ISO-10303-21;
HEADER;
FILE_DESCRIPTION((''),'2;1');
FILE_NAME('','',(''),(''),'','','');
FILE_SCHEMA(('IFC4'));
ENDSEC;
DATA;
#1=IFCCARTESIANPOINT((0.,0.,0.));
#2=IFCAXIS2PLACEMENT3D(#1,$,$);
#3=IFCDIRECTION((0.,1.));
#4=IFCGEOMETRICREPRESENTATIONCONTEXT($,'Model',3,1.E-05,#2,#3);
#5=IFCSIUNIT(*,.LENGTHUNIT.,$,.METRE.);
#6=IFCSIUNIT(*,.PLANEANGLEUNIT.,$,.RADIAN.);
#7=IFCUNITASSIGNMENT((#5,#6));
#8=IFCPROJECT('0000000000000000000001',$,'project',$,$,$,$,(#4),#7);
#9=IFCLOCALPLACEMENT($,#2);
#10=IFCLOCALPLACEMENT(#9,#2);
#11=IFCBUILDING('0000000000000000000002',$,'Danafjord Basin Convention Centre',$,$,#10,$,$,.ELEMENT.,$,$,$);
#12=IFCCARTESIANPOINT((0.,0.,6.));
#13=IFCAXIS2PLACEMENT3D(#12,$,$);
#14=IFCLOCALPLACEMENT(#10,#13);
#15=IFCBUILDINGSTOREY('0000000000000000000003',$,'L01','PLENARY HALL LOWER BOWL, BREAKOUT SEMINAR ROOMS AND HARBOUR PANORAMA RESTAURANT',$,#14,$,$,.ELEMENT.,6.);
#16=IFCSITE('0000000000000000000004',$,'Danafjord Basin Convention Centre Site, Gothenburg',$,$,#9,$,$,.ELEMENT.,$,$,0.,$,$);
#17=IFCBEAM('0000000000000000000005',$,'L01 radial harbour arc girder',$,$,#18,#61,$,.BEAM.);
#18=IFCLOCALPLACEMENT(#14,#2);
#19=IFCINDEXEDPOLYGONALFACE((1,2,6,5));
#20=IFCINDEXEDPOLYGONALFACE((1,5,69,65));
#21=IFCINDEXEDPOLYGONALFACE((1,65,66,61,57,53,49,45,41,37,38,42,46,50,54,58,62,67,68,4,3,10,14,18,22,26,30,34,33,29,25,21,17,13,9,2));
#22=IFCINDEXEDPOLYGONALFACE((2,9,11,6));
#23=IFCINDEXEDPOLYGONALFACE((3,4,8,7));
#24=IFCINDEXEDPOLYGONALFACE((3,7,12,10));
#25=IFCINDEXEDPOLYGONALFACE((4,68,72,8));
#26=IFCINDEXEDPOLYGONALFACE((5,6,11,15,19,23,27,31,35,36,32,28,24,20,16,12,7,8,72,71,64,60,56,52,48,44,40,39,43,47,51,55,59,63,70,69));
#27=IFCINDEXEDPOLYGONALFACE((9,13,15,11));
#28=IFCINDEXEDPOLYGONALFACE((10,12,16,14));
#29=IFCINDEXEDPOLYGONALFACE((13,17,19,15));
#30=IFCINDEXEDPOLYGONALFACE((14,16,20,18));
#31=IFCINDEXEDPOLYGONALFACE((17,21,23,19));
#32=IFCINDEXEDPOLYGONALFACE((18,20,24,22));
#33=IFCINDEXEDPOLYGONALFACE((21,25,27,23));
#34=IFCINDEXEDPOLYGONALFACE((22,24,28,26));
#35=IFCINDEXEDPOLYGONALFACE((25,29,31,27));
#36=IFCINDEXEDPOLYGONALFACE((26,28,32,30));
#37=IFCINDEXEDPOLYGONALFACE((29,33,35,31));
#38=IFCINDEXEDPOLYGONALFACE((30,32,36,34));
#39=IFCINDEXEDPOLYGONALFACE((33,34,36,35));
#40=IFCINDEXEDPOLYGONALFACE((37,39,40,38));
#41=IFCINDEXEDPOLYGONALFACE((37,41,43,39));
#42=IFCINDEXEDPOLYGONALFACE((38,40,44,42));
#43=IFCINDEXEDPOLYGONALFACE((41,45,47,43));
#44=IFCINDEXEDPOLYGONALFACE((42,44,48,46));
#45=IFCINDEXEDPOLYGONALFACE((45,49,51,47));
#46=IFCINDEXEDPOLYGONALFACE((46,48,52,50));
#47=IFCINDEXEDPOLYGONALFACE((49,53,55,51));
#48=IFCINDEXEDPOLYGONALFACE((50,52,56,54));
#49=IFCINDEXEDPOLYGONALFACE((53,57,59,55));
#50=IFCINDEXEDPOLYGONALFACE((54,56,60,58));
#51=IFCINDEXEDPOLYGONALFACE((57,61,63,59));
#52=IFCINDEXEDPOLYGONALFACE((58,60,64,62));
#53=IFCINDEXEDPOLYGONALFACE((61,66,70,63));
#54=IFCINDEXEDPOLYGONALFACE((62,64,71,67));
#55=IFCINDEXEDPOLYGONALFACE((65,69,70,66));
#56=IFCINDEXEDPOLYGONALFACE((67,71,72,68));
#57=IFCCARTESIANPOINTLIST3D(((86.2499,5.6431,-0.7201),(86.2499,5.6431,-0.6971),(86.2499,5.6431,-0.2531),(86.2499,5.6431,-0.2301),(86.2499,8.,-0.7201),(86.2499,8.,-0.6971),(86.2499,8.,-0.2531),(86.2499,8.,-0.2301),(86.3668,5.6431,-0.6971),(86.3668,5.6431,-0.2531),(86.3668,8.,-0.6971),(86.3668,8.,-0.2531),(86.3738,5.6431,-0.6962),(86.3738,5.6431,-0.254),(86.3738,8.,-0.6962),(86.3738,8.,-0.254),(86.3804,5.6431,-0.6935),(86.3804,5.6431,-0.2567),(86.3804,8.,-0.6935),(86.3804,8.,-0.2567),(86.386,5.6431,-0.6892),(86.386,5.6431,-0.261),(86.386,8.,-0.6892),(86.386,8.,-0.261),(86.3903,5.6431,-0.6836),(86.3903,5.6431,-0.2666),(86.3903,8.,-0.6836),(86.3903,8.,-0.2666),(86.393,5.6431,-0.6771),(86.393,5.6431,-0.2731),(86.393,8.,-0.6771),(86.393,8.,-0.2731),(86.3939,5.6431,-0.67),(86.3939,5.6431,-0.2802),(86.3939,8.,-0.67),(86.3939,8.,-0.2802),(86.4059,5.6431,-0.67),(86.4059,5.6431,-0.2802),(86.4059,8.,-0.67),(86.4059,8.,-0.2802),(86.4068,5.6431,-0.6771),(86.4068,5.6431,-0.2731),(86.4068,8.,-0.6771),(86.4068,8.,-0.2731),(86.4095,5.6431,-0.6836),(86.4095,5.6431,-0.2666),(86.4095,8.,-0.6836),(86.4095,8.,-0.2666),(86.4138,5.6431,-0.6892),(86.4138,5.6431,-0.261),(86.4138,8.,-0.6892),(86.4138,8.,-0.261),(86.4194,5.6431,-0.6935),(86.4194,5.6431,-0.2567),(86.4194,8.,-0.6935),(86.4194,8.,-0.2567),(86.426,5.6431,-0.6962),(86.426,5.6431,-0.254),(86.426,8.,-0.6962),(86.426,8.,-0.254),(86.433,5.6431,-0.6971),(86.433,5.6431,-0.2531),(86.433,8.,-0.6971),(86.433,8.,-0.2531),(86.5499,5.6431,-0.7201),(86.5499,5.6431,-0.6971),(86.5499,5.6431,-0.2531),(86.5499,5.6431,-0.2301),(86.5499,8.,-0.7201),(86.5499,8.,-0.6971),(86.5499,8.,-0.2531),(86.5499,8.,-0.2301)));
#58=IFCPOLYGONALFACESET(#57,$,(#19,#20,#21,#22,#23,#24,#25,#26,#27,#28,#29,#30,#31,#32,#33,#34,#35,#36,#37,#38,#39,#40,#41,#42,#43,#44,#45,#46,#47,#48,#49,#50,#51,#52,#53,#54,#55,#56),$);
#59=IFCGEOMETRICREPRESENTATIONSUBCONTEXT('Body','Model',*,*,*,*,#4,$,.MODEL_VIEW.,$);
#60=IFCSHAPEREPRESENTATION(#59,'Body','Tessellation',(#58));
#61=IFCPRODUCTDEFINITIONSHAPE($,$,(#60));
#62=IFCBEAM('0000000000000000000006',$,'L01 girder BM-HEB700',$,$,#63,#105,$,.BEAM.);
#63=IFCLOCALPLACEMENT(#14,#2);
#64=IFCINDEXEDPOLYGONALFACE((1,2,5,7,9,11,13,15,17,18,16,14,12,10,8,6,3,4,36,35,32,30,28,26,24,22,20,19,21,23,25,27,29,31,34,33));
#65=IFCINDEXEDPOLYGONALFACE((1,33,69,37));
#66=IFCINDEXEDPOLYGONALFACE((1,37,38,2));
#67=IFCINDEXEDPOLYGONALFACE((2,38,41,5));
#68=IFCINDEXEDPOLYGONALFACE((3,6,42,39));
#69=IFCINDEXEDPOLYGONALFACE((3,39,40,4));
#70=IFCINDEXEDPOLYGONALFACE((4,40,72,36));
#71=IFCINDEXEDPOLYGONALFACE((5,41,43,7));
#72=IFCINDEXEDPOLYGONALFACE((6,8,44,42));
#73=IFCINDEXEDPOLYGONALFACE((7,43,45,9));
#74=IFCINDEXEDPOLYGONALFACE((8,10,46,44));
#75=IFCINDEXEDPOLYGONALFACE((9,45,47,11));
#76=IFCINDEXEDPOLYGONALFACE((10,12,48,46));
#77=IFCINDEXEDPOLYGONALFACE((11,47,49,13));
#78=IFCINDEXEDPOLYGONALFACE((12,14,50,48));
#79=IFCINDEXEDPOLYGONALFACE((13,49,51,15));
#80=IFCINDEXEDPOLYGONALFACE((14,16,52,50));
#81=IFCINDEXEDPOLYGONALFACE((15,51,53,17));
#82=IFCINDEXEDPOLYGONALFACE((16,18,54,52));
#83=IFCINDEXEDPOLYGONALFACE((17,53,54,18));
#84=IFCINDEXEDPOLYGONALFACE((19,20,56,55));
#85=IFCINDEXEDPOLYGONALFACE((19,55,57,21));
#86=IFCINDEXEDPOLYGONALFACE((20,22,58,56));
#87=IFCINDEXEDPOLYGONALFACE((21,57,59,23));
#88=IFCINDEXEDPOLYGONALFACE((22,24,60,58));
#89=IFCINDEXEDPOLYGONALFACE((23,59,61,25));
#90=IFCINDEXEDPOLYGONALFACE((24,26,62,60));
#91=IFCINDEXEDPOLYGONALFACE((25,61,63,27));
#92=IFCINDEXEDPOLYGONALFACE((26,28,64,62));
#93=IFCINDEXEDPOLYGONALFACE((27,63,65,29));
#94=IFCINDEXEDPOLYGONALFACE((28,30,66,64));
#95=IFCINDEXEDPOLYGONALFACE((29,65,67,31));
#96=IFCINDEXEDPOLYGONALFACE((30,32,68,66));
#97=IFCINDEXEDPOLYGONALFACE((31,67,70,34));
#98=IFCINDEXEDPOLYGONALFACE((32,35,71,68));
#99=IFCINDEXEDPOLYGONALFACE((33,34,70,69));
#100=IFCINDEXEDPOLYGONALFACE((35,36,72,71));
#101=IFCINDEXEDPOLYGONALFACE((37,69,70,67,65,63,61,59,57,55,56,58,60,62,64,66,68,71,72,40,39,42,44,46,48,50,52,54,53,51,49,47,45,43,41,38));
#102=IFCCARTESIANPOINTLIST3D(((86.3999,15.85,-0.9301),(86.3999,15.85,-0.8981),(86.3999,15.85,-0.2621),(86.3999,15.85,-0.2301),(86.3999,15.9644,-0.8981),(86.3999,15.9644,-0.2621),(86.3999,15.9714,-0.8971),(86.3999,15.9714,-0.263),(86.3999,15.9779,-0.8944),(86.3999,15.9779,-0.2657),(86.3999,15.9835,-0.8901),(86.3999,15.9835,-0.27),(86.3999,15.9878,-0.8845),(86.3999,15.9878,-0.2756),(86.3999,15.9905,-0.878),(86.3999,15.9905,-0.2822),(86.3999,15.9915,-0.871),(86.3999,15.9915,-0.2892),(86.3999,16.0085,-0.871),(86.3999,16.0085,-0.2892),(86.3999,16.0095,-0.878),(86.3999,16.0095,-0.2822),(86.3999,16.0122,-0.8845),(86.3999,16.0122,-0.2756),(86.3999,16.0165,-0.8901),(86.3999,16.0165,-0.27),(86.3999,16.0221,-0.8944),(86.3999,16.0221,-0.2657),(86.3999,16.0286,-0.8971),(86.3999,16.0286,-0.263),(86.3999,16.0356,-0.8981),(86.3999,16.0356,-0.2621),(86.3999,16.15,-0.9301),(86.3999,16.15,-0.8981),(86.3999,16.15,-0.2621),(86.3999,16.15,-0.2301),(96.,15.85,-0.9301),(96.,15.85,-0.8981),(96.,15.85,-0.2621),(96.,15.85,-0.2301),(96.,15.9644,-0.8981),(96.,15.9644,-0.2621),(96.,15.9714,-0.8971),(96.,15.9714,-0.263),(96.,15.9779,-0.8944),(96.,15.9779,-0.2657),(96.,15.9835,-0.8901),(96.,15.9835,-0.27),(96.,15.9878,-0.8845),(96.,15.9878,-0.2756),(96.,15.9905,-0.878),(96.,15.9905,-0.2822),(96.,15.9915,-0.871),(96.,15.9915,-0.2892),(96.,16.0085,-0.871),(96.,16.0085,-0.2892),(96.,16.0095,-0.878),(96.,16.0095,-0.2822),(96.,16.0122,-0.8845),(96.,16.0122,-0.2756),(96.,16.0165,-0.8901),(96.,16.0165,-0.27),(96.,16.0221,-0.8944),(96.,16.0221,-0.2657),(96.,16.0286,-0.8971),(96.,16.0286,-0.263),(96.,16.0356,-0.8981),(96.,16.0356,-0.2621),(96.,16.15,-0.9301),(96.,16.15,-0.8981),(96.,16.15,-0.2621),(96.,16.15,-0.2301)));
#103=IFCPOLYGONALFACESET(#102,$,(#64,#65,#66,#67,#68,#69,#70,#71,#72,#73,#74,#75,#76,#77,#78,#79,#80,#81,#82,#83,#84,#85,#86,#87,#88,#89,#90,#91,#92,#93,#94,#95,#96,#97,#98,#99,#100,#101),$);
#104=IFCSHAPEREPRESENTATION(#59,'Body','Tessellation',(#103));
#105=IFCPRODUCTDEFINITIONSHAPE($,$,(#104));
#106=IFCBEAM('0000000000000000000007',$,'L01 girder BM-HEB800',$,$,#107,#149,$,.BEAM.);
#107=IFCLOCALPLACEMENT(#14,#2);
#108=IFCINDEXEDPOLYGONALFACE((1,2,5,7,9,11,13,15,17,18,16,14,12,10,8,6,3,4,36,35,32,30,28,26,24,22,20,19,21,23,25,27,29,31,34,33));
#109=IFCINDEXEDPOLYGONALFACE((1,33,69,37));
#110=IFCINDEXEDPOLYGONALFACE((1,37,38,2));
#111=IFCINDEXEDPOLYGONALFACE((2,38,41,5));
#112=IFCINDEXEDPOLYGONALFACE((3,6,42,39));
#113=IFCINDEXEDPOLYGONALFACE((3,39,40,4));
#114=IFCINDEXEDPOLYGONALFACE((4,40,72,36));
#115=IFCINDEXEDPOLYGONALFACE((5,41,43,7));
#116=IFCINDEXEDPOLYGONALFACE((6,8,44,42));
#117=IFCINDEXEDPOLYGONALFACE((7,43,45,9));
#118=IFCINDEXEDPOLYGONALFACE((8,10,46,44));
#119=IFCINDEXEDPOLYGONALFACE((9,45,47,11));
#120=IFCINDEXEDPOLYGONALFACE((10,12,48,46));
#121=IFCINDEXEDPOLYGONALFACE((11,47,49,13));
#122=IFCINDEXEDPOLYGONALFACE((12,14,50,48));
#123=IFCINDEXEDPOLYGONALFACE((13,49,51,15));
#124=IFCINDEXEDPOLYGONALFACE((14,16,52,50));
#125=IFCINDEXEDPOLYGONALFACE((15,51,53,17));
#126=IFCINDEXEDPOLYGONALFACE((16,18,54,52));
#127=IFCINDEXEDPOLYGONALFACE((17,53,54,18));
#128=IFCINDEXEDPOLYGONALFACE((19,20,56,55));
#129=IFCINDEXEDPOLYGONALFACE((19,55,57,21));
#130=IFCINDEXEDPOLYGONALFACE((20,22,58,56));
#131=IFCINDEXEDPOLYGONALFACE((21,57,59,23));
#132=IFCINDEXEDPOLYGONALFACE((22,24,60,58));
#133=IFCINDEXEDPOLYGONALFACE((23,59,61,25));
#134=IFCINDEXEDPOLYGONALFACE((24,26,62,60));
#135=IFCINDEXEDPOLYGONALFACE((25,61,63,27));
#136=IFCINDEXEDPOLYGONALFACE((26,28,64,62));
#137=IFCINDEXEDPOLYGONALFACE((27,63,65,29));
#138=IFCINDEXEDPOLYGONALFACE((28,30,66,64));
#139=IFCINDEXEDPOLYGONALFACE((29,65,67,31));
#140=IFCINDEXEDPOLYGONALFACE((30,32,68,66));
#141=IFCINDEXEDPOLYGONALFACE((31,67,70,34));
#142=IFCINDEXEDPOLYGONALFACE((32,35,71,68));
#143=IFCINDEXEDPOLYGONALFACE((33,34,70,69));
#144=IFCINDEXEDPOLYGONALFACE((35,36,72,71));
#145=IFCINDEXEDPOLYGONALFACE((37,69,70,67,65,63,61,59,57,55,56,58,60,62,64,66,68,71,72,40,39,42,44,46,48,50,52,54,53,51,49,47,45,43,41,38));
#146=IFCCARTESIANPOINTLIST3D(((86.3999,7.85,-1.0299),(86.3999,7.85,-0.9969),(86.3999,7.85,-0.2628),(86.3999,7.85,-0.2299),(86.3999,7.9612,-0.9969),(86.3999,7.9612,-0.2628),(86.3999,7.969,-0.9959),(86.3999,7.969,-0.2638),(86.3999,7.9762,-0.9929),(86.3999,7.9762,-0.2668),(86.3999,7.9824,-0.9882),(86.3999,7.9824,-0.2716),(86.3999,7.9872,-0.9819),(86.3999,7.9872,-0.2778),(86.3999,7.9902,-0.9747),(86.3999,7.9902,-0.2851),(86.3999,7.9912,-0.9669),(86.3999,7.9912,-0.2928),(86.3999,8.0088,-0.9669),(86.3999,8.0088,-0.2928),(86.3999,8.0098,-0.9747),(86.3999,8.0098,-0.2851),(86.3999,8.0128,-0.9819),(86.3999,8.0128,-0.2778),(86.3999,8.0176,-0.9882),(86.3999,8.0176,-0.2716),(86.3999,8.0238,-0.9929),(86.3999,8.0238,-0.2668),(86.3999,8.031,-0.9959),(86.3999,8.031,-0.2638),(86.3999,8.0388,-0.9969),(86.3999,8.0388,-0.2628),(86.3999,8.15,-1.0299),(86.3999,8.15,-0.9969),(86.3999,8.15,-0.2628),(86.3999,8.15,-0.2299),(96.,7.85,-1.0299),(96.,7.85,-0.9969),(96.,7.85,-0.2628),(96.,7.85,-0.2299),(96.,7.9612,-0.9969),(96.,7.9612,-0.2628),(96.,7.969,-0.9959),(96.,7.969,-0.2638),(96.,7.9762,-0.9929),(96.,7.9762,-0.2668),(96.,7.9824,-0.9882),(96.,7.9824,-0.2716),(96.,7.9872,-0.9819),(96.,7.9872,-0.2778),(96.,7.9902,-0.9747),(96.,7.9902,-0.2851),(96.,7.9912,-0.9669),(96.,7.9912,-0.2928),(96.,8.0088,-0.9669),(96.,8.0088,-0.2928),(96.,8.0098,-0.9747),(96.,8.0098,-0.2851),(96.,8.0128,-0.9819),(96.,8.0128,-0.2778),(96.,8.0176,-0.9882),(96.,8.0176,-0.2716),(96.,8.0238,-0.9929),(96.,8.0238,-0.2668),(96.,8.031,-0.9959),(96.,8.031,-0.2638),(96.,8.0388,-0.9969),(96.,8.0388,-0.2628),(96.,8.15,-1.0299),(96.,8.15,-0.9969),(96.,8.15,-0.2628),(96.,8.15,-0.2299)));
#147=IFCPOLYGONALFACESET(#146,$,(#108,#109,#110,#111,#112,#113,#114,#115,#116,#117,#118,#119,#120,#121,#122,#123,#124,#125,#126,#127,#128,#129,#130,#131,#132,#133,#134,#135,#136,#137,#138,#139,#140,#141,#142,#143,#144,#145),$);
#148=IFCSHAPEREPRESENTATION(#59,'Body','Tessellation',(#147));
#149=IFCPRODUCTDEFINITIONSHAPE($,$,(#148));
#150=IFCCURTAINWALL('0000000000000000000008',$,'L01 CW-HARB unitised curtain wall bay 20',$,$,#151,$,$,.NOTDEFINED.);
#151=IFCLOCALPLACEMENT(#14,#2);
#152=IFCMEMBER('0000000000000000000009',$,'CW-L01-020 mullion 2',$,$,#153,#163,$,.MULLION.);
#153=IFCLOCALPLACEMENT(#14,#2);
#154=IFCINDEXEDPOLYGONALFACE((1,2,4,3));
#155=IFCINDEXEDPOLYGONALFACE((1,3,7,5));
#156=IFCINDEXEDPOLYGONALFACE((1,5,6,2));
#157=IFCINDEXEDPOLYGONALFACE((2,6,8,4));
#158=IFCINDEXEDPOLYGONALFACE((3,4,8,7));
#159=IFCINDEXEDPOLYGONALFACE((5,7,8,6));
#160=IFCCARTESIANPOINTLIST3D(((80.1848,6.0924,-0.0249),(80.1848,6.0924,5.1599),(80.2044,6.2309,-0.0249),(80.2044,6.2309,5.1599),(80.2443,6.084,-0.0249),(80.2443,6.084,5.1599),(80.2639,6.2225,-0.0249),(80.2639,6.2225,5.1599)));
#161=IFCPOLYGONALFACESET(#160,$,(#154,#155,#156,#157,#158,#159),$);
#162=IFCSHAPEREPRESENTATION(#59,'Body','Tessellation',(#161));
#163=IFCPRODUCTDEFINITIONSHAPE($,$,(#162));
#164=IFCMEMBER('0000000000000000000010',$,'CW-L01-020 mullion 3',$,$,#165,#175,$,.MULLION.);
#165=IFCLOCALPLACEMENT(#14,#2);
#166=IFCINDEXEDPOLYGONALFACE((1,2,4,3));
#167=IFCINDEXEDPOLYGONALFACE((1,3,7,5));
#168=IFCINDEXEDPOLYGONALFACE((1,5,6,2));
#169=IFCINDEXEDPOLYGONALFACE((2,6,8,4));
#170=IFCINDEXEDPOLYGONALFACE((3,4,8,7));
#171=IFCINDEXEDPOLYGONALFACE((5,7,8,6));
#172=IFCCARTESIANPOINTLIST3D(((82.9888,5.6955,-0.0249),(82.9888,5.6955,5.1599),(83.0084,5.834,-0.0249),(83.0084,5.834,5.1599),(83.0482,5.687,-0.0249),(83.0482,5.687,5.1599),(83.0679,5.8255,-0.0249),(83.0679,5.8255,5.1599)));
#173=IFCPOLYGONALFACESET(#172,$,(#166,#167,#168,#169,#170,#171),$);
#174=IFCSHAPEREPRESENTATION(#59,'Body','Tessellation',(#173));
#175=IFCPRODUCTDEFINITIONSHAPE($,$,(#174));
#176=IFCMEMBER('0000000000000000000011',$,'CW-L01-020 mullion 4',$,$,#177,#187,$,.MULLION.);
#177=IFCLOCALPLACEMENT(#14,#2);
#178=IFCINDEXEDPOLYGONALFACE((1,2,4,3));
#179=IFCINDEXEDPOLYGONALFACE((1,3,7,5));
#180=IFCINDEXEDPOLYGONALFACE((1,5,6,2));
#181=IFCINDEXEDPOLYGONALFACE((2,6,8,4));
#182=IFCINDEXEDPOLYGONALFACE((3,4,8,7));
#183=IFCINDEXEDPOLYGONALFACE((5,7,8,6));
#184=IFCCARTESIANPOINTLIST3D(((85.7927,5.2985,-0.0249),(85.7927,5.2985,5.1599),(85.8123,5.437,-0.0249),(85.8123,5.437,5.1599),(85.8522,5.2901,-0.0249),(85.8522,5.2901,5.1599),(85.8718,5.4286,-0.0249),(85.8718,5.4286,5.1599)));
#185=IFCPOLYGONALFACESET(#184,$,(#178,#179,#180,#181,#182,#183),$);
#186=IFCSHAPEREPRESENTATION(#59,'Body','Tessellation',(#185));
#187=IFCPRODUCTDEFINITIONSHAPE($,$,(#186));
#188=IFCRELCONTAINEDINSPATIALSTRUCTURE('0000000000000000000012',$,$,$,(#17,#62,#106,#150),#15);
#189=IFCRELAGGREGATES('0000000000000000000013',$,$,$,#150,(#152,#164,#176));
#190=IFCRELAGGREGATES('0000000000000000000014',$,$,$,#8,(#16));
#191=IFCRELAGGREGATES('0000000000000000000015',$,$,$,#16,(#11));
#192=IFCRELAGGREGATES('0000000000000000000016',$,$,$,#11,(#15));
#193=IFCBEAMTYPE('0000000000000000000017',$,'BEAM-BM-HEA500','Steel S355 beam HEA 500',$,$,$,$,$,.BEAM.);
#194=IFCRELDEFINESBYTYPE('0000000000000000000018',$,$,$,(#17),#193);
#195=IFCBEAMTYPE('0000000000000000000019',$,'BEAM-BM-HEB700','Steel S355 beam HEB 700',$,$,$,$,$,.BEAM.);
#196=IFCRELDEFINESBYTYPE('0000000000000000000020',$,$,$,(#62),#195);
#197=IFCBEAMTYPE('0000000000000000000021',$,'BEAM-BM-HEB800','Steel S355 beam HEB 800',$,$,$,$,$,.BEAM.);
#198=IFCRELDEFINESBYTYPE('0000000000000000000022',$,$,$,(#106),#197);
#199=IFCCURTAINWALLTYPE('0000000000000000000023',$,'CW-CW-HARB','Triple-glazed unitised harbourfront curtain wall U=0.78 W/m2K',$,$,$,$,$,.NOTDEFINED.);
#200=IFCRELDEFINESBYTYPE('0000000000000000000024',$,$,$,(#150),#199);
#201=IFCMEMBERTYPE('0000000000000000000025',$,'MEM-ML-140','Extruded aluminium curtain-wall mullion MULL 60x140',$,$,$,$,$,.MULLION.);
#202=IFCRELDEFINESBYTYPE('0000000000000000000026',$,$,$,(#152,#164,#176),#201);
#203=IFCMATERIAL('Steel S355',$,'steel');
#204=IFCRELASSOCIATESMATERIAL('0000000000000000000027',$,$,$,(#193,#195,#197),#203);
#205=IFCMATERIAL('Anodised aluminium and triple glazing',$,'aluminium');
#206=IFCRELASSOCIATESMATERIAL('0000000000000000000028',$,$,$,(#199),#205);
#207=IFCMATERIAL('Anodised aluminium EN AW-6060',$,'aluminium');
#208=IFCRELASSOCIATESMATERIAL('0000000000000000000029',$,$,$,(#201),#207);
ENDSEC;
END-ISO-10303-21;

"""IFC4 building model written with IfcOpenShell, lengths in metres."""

from ifc_helpers import new_model, si_unit, direction, frame, origin, origin_2d, place, context, subcontext, project, spatial, rectangle, i_section, extrude, material, material_profile, profile_set, type_object, element, aggregate, save


model = new_model("IFC4")

# Units and contexts
model_context = context("Model", 3, precision=1e-05, world=origin(), true_north=direction((0.0, 1.0)))
body_context = subcontext(model_context, "Body", "Model", "MODEL_VIEW")
ifc_project = project(units=[si_unit("LENGTHUNIT", "METRE"), si_unit("PLANEANGLEUNIT", "RADIAN")], contexts=[model_context])

# Site, building, storey
site_placement = place(None, origin())
site = spatial("IfcSite", under=ifc_project, at=site_placement, Name="Danafjord Basin Convention Centre Site, Gothenburg", CompositionType="ELEMENT", RefElevation=0.0)
building_placement = place(site_placement, origin())
building = spatial("IfcBuilding", under=site, at=building_placement, Name="Danafjord Basin Convention Centre", CompositionType="ELEMENT")
storey_placement = place(building_placement, frame((0.0, 0.0, 6.0)))
storey = spatial("IfcBuildingStorey", under=building, at=storey_placement, Name="L01", Description="PLENARY HALL LOWER BOWL, BREAKOUT SEMINAR ROOMS AND HARBOUR PANORAMA RESTAURANT", CompositionType="ELEMENT", Elevation=6.0)

# Shared definitions
ifc_material_1 = material(Name="Steel S355", Category="steel")

# Beams
ifc_material_profile_1 = material_profile(ifc_material_1, i_section(OverallWidth=0.3, OverallDepth=0.49, WebThickness=0.012, FlangeThickness=0.0229, FilletRadius=0.0271, at=origin_2d()), Name="HEA 500")
ifc_profile_set_1 = profile_set([ifc_material_profile_1], Name="Steel S355")
beam_type_1 = type_object("IfcBeamType", Name="BEAM-BM-HEA500", Description="Steel S355 beam HEA 500", PredefinedType="BEAM", material=ifc_profile_set_1)
beam_1_placement = place(storey_placement, frame((86.3999, 5.6431, -0.4751), z_axis=(0.0, 1.0, 0.0), x_axis=(-1.0, 0.0, 0.0)))
element("IfcBeam", 1, at=beam_1_placement, inside=storey, type_object=beam_type_1, Name="L01 radial harbour arc girder", PredefinedType="BEAM", context=body_context, shape_type="SweptSolid", body=[
    extrude(i_section(OverallWidth=0.3, OverallDepth=0.49, WebThickness=0.012, FlangeThickness=0.0229, FilletRadius=0.0271, at=origin_2d()), origin(), (0.0, 0.0, 1.0), 2.3569),
])
ifc_material_profile_2 = material_profile(ifc_material_1, i_section(OverallWidth=0.3, OverallDepth=0.7, WebThickness=0.0171, FlangeThickness=0.032, FilletRadius=0.0271, at=origin_2d()), Name="HEB 700")
ifc_profile_set_2 = profile_set([ifc_material_profile_2], Name="Steel S355")
beam_type_2 = type_object("IfcBeamType", Name="BEAM-BM-HEB700", Description="Steel S355 beam HEB 700", PredefinedType="BEAM", material=ifc_profile_set_2)
beam_2_placement = place(storey_placement, frame((86.3999, 16.0, -0.5801), z_axis=(1.0, 0.0, 0.0), x_axis=(0.0, 1.0, 0.0)))
element("IfcBeam", 2, at=beam_2_placement, inside=storey, type_object=beam_type_2, Name="L01 girder BM-HEB700", PredefinedType="BEAM", context=body_context, shape_type="SweptSolid", body=[
    extrude(i_section(OverallWidth=0.3, OverallDepth=0.7, WebThickness=0.0171, FlangeThickness=0.032, FilletRadius=0.0271, at=origin_2d()), origin(), (0.0, 0.0, 1.0), 9.6001),
])
ifc_material_profile_3 = material_profile(ifc_material_1, i_section(OverallWidth=0.3, OverallDepth=0.8, WebThickness=0.0176, FlangeThickness=0.033, FilletRadius=0.03, at=origin_2d()), Name="HEB 800")
ifc_profile_set_3 = profile_set([ifc_material_profile_3], Name="Steel S355")
beam_type_3 = type_object("IfcBeamType", Name="BEAM-BM-HEB800", Description="Steel S355 beam HEB 800", PredefinedType="BEAM", material=ifc_profile_set_3)
beam_3_placement = place(storey_placement, frame((86.3999, 8.0, -0.6299), z_axis=(1.0, 0.0, 0.0), x_axis=(0.0, 1.0, 0.0)))
element("IfcBeam", 3, at=beam_3_placement, inside=storey, type_object=beam_type_3, Name="L01 girder BM-HEB800", PredefinedType="BEAM", context=body_context, shape_type="SweptSolid", body=[
    extrude(i_section(OverallWidth=0.3, OverallDepth=0.8, WebThickness=0.0176, FlangeThickness=0.033, FilletRadius=0.03, at=origin_2d()), origin(), (0.0, 0.0, 1.0), 9.6001),
])

# Curtain wall, members
ifc_material_2 = material(Name="Anodised aluminium and triple glazing", Category="aluminium")
curtain_wall_type = type_object("IfcCurtainWallType", Name="CW-CW-HARB", Description="Triple-glazed unitised harbourfront curtain wall U=0.78 W/m2K", PredefinedType="NOTDEFINED", material=ifc_material_2)
curtain_wall_placement = place(storey_placement, origin())
curtain_wall = element("IfcCurtainWall", 4, at=curtain_wall_placement, inside=storey, type_object=curtain_wall_type, Name="L01 CW-HARB unitised curtain wall bay 20", PredefinedType="NOTDEFINED")
ifc_material_3 = material(Name="Anodised aluminium EN AW-6060", Category="aluminium")
ifc_material_profile_4 = material_profile(ifc_material_3, rectangle(XDim=0.0601, YDim=0.1399, at=origin_2d()), Name="MULL 60x140")
ifc_profile_set_4 = profile_set([ifc_material_profile_4], Name="Anodised aluminium EN AW-6060")
member_type_1 = type_object("IfcMemberType", Name="MEM-ML-140", Description="Extruded aluminium curtain-wall mullion MULL 60x140", PredefinedType="MULLION", material=ifc_profile_set_4)
member_1_placement = place(storey_placement, frame((80.2244, 6.1575, -0.0249), z_axis=(0.0, 0.0, 1.0), x_axis=(0.990128, -0.140165, 0.0)))
member_1 = element("IfcMember", 5, at=member_1_placement, type_object=member_type_1, Name="CW-L01-020 mullion 2", PredefinedType="MULLION", context=body_context, shape_type="SweptSolid", body=[
    extrude(rectangle(XDim=0.0601, YDim=0.1399, at=origin_2d()), origin(), (0.0, 0.0, 1.0), 5.1848),
])
member_2_placement = place(storey_placement, frame((83.0283, 5.7605, -0.0249), z_axis=(0.0, 0.0, 1.0), x_axis=(0.990128, -0.140165, 0.0)))
member_2 = element("IfcMember", 6, at=member_2_placement, type_object=member_type_1, Name="CW-L01-020 mullion 3", PredefinedType="MULLION", context=body_context, shape_type="SweptSolid", body=[
    extrude(rectangle(XDim=0.0601, YDim=0.1399, at=origin_2d()), origin(), (0.0, 0.0, 1.0), 5.1848),
])
member_3_placement = place(storey_placement, frame((85.8323, 5.3635, -0.0249), z_axis=(0.0, 0.0, 1.0), x_axis=(0.990128, -0.140165, 0.0)))
member_3 = element("IfcMember", 7, at=member_3_placement, type_object=member_type_1, Name="CW-L01-020 mullion 4", PredefinedType="MULLION", context=body_context, shape_type="SweptSolid", body=[
    extrude(rectangle(XDim=0.0601, YDim=0.1399, at=origin_2d()), origin(), (0.0, 0.0, 1.0), 5.1848),
])
aggregate(curtain_wall, [member_1, member_2, member_3])

save(model, "model.ifc")
